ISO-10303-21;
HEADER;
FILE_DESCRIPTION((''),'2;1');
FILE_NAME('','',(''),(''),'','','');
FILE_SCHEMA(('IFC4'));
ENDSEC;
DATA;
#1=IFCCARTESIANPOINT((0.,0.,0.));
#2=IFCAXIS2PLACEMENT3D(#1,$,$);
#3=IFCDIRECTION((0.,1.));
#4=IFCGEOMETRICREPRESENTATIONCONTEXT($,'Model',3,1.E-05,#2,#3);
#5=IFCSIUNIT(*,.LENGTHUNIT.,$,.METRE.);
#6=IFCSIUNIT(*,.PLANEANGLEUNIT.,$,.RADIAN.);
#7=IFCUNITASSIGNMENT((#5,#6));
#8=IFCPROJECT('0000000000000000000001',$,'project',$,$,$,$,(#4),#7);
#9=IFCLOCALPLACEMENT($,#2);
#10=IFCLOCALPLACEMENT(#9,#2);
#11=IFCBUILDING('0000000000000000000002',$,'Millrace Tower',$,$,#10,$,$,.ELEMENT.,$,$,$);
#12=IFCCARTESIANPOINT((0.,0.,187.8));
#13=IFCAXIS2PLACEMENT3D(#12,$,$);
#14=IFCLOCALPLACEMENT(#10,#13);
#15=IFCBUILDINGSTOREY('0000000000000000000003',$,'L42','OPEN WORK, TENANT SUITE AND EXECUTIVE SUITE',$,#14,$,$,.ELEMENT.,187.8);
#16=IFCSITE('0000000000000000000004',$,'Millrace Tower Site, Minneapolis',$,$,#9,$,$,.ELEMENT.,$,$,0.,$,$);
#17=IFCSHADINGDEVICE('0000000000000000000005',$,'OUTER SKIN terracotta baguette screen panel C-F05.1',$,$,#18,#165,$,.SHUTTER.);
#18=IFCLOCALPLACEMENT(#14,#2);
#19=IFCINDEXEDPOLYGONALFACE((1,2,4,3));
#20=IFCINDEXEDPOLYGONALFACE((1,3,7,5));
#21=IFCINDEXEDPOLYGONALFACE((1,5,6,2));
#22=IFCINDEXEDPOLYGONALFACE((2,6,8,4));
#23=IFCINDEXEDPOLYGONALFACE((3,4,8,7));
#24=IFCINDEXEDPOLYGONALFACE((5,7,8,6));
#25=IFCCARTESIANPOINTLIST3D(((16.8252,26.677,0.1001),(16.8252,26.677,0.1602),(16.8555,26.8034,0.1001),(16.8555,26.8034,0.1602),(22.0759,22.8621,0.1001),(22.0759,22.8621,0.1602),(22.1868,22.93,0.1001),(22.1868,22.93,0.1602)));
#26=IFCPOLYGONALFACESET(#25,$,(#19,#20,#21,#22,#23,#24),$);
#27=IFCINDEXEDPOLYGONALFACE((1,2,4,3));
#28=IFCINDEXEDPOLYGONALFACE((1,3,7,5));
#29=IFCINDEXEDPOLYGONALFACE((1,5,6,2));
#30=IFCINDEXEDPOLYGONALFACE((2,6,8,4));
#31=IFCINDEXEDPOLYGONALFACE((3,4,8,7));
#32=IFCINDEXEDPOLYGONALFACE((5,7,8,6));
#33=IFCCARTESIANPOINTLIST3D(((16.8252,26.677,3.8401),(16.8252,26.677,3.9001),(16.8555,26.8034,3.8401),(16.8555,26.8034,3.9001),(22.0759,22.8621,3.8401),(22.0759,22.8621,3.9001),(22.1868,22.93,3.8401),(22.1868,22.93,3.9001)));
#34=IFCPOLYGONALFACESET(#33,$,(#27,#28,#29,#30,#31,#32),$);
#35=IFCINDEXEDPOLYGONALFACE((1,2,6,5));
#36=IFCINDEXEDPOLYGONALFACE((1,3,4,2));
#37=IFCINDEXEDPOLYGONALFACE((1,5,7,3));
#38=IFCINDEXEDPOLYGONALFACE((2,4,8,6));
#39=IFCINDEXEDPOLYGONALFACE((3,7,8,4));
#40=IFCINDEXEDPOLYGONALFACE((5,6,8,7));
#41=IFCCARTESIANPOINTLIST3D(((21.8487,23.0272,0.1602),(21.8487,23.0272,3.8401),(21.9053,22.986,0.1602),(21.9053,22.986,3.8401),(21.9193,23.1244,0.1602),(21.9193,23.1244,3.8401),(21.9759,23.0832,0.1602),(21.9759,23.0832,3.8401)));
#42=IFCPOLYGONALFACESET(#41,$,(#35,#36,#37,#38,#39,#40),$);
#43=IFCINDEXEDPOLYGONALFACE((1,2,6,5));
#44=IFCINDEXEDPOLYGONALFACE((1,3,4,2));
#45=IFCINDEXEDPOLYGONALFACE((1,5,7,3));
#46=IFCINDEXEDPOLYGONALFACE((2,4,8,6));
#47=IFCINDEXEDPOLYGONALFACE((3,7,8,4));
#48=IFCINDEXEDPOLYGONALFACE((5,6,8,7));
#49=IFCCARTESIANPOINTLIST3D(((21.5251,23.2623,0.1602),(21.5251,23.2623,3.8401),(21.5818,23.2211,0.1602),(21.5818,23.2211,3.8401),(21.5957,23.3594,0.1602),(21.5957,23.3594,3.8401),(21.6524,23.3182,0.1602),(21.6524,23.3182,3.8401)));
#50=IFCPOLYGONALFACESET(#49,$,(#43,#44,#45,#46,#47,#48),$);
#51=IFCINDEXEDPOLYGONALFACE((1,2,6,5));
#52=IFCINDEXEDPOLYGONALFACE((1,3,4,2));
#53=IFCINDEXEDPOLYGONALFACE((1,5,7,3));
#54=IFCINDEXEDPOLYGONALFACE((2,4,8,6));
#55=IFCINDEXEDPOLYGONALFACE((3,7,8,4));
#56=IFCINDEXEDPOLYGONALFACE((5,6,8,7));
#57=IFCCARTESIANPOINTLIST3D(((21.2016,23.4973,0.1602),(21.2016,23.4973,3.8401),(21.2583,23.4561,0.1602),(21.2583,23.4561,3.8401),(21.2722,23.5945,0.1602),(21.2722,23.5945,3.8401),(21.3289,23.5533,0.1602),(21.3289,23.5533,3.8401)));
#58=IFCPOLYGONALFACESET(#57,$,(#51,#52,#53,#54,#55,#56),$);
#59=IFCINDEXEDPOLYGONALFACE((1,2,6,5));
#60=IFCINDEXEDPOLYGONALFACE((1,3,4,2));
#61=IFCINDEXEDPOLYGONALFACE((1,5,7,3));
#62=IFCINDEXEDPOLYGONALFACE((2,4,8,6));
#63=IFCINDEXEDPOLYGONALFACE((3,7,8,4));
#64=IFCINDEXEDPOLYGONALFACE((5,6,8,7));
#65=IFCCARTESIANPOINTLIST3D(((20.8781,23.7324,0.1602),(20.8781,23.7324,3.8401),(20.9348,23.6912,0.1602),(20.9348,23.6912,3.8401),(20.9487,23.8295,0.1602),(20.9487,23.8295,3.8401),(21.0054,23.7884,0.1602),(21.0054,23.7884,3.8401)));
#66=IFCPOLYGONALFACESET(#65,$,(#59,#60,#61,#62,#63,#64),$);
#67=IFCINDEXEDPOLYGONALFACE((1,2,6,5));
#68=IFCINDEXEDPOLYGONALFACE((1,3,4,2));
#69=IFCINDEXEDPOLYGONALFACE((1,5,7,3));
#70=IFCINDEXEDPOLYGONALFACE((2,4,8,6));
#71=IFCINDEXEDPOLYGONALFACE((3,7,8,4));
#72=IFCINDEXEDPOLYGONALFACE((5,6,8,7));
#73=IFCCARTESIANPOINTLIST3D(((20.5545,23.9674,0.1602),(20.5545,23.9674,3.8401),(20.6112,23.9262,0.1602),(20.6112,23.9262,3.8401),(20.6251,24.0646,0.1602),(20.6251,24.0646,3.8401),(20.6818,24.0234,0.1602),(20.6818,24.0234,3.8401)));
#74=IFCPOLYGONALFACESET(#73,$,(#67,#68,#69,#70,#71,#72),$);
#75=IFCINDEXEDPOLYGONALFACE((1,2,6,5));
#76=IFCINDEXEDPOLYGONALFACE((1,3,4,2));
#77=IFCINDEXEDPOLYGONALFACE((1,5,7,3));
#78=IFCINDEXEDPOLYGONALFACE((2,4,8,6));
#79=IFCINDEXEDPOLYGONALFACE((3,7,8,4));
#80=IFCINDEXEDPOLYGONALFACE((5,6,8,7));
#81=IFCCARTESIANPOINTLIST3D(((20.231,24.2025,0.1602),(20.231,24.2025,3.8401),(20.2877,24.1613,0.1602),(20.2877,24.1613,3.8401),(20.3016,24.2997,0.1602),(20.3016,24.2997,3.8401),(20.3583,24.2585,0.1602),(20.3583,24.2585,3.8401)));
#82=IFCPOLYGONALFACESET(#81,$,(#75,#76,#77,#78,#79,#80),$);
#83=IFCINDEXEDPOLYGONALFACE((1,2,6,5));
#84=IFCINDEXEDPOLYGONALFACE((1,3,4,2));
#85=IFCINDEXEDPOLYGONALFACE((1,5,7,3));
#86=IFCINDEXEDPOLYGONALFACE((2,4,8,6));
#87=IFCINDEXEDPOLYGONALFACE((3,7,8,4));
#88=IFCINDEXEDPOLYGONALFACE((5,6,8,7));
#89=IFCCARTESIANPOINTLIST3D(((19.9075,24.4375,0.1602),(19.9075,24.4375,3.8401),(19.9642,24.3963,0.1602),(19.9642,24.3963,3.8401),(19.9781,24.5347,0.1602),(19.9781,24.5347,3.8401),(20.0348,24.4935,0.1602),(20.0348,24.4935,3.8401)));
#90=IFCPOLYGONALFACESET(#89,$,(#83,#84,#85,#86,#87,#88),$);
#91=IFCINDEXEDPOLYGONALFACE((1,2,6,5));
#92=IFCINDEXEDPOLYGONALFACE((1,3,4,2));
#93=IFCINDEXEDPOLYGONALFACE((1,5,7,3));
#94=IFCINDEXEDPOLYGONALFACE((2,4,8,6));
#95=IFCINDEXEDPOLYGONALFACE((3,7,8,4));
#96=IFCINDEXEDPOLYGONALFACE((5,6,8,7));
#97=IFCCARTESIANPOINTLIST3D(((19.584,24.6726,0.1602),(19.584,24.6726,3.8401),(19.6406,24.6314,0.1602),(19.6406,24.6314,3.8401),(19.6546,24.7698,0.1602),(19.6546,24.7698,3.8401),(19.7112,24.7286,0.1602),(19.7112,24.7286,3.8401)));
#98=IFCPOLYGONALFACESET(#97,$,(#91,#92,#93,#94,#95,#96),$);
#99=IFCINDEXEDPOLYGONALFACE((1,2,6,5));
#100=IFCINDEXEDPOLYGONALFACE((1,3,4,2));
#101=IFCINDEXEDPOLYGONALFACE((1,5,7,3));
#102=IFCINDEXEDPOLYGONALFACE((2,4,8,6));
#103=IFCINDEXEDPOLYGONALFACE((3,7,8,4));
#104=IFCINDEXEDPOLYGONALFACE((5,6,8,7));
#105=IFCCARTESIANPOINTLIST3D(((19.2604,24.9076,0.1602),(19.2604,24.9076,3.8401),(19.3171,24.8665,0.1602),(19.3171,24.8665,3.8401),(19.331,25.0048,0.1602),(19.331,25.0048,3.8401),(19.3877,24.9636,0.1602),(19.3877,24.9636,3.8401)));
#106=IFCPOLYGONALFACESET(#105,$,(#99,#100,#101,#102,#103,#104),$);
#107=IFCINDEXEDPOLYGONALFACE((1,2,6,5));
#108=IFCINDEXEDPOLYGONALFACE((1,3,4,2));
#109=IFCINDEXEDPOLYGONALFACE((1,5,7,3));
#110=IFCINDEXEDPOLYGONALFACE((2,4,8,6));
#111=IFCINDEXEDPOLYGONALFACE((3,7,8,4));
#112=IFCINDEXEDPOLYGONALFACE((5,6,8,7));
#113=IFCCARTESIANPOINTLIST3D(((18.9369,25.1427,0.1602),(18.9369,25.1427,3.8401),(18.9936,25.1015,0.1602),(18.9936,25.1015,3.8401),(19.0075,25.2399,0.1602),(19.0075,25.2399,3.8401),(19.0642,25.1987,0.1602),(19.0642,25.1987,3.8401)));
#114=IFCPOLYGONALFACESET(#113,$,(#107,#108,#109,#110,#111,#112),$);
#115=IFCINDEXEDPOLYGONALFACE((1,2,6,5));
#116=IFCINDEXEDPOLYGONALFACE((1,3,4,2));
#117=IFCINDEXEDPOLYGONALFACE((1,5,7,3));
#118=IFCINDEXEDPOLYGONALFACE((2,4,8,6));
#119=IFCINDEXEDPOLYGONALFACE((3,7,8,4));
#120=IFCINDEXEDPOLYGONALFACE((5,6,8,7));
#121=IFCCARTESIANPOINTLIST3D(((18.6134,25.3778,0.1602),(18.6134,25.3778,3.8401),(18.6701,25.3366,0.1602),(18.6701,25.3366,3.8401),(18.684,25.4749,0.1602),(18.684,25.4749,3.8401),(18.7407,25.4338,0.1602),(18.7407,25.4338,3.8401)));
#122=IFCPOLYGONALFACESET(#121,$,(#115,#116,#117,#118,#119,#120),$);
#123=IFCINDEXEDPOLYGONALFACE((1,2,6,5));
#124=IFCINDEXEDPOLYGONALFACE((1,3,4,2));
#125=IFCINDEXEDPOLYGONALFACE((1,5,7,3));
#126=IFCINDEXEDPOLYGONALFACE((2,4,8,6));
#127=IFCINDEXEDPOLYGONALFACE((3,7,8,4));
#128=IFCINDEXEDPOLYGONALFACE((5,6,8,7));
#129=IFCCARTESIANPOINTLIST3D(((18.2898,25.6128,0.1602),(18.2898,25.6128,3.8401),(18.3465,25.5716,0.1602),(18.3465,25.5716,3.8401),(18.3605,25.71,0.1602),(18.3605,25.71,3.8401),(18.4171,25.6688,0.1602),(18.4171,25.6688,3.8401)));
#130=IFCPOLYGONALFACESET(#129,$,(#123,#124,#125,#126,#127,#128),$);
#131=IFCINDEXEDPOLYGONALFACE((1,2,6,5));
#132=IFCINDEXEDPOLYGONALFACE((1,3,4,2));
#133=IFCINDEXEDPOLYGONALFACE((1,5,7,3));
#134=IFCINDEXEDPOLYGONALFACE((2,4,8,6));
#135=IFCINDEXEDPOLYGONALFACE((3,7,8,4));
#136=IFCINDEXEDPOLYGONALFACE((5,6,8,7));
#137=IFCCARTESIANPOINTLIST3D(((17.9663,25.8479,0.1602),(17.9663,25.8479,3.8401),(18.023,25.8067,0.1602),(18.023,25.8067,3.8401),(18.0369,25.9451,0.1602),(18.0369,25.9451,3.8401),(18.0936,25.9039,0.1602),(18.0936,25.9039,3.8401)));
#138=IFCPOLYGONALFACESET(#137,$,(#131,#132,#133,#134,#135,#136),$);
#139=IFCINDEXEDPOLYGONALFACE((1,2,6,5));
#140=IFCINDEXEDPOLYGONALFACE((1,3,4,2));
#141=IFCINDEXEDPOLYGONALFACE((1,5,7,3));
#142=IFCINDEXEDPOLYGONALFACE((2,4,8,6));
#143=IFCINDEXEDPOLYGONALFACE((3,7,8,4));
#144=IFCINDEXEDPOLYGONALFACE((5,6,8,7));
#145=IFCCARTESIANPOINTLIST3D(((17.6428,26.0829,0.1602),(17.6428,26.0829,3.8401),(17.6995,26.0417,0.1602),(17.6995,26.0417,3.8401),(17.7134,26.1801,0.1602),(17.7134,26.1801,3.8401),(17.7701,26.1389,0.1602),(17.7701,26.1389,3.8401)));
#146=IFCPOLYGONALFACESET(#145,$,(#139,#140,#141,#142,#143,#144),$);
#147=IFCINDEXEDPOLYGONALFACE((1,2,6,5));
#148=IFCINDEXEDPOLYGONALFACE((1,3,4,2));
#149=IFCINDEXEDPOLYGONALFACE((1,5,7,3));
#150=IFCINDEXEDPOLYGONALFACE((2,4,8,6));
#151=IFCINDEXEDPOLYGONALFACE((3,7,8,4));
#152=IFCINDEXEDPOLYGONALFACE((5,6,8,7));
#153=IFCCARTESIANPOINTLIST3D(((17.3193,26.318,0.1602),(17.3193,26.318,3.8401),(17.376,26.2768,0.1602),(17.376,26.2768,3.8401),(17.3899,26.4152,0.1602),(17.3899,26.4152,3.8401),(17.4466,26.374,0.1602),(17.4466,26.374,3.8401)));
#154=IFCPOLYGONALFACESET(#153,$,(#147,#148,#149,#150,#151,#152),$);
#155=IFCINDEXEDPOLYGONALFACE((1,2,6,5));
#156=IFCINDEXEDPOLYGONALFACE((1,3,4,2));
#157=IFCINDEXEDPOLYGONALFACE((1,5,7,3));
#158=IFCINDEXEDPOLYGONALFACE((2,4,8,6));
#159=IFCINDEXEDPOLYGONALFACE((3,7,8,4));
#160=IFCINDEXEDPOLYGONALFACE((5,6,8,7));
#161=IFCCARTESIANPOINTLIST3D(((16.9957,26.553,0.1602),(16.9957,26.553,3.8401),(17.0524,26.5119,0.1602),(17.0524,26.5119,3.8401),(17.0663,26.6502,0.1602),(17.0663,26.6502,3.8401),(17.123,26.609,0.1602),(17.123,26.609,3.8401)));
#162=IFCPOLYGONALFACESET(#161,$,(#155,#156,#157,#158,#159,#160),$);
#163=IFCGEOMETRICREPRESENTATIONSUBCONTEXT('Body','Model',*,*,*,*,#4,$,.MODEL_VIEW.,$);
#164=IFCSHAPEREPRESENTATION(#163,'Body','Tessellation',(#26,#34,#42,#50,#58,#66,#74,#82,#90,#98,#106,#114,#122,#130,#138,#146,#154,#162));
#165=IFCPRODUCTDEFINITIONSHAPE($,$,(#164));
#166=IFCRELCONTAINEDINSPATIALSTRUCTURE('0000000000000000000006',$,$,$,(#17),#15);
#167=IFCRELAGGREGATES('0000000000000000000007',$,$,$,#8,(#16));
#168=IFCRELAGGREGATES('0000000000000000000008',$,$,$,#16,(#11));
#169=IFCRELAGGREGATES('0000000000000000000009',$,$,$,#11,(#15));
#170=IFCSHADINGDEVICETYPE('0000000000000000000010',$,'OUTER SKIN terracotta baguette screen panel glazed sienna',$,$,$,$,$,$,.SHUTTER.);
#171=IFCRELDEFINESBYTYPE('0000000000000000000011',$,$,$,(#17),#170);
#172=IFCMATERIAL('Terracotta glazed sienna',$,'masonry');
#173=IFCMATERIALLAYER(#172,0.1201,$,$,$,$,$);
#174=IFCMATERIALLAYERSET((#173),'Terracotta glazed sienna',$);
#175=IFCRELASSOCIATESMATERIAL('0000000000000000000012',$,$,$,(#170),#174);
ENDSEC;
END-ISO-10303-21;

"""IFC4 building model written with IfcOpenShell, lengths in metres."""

from ifc_helpers import new_model, entity, si_unit, direction, frame, frame_2d, origin, place, context, subcontext, project, spatial, rectangle, extrude, source, transform, mapped, material, layer, layer_set, type_object, element, save


model = new_model("IFC4")

# Units and contexts
model_context = context("Model", 3, precision=1e-05, world=origin(), true_north=direction((0.0, 1.0)))
body_context = subcontext(model_context, "Body", "Model", "MODEL_VIEW")
ifc_project = project(units=[si_unit("LENGTHUNIT", "METRE"), si_unit("PLANEANGLEUNIT", "RADIAN")], contexts=[model_context])

# Site, building, storey
site_placement = place(None, origin())
site = spatial("IfcSite", under=ifc_project, at=site_placement, Name="Millrace Tower Site, Minneapolis", CompositionType="ELEMENT", RefElevation=0.0)
building_placement = place(site_placement, origin())
building = spatial("IfcBuilding", under=site, at=building_placement, Name="Millrace Tower", CompositionType="ELEMENT")
storey_placement = place(building_placement, frame((0.0, 0.0, 187.8)))
storey = spatial("IfcBuildingStorey", under=building, at=storey_placement, Name="L42", Description="OPEN WORK, TENANT SUITE AND EXECUTIVE SUITE", CompositionType="ELEMENT", Elevation=187.8)

# Shading device
ifc_material_1 = material(Name="Terracotta glazed sienna", Category="masonry")
ifc_layer_1 = layer(ifc_material_1, 0.1201)
ifc_layer_set_1 = layer_set([ifc_layer_1], Name="Terracotta glazed sienna")
shading_device_type = type_object("IfcShadingDeviceType", Name="OUTER SKIN terracotta baguette screen panel glazed sienna", PredefinedType="SHUTTER", material=ifc_layer_set_1)
cartesian_point_1 = entity("IfcCartesianPoint", [-3.2451, 0.0601])
shared_polyline_1 = entity("IfcPolyline", [cartesian_point_1, entity("IfcCartesianPoint", [3.2451, 0.0601]), entity("IfcCartesianPoint", [3.2949, -0.0601]), entity("IfcCartesianPoint", [-3.2949, -0.0601]), cartesian_point_1])
shared_shape_1 = source(origin(), body_context, "Body", "SweptSolid", [
    entity("IfcExtrudedAreaSolid", entity("IfcArbitraryClosedProfileDef", "AREA", None, shared_polyline_1), entity("IfcAxis2Placement3D", entity("IfcCartesianPoint", [0.0, 0.0, 0.0])), entity("IfcDirection", [0.0, 0.0, 1.0]), 0.0601),
    entity("IfcExtrudedAreaSolid", entity("IfcArbitraryClosedProfileDef", "AREA", None, shared_polyline_1), entity("IfcAxis2Placement3D", entity("IfcCartesianPoint", [0.0, 0.0, 3.74])), entity("IfcDirection", [0.0, 0.0, 1.0]), 0.0601),
    extrude(rectangle(XDim=0.0701, YDim=0.1201, at=frame_2d((-2.9993, 0.0))), frame((0.0, 0.0, 0.0601)), (0.0, 0.0, 1.0), 3.6799),
    extrude(rectangle(XDim=0.0701, YDim=0.1201, at=frame_2d((-2.5994, 0.0))), frame((0.0, 0.0, 0.0601)), (0.0, 0.0, 1.0), 3.6799),
    extrude(rectangle(XDim=0.0701, YDim=0.1201, at=frame_2d((-2.1995, 0.0))), frame((0.0, 0.0, 0.0601)), (0.0, 0.0, 1.0), 3.6799),
    extrude(rectangle(XDim=0.0701, YDim=0.1201, at=frame_2d((-1.7996, 0.0))), frame((0.0, 0.0, 0.0601)), (0.0, 0.0, 1.0), 3.6799),
    extrude(rectangle(XDim=0.0701, YDim=0.1201, at=frame_2d((-1.3997, 0.0))), frame((0.0, 0.0, 0.0601)), (0.0, 0.0, 1.0), 3.6799),
    extrude(rectangle(XDim=0.0701, YDim=0.1201, at=frame_2d((-0.9998, 0.0))), frame((0.0, 0.0, 0.0601)), (0.0, 0.0, 1.0), 3.6799),
    extrude(rectangle(XDim=0.0701, YDim=0.1201, at=frame_2d((-0.5999, 0.0))), frame((0.0, 0.0, 0.0601)), (0.0, 0.0, 1.0), 3.6799),
    extrude(rectangle(XDim=0.0701, YDim=0.1201, at=frame_2d((-0.2, 0.0))), frame((0.0, 0.0, 0.0601)), (0.0, 0.0, 1.0), 3.6799),
    extrude(rectangle(XDim=0.0701, YDim=0.1201, at=frame_2d((0.2, 0.0))), frame((0.0, 0.0, 0.0601)), (0.0, 0.0, 1.0), 3.6799),
    extrude(rectangle(XDim=0.0701, YDim=0.1201, at=frame_2d((0.5999, 0.0))), frame((0.0, 0.0, 0.0601)), (0.0, 0.0, 1.0), 3.6799),
    extrude(rectangle(XDim=0.0701, YDim=0.1201, at=frame_2d((0.9998, 0.0))), frame((0.0, 0.0, 0.0601)), (0.0, 0.0, 1.0), 3.6799),
    extrude(rectangle(XDim=0.0701, YDim=0.1201, at=frame_2d((1.3997, 0.0))), frame((0.0, 0.0, 0.0601)), (0.0, 0.0, 1.0), 3.6799),
    extrude(rectangle(XDim=0.0701, YDim=0.1201, at=frame_2d((1.7996, 0.0))), frame((0.0, 0.0, 0.0601)), (0.0, 0.0, 1.0), 3.6799),
    extrude(rectangle(XDim=0.0701, YDim=0.1201, at=frame_2d((2.1995, 0.0))), frame((0.0, 0.0, 0.0601)), (0.0, 0.0, 1.0), 3.6799),
    extrude(rectangle(XDim=0.0701, YDim=0.1201, at=frame_2d((2.5994, 0.0))), frame((0.0, 0.0, 0.0601)), (0.0, 0.0, 1.0), 3.6799),
    extrude(rectangle(XDim=0.0701, YDim=0.1201, at=frame_2d((2.9993, 0.0))), frame((0.0, 0.0, 0.0601)), (0.0, 0.0, 1.0), 3.6799),
])
shading_device_1_placement = place(storey_placement, frame((19.4858, 24.8181, 0.1001), z_axis=(0.0, 0.0, 1.0), x_axis=(-0.809017, 0.587785, 0.0)))
element("IfcShadingDevice", 1, at=shading_device_1_placement, inside=storey, type_object=shading_device_type, Name="OUTER SKIN terracotta baguette screen panel C-F05.1", PredefinedType="SHUTTER", context=body_context, shape_type="MappedRepresentation", body=[
    mapped(shared_shape_1, transform((0.0, 0.0, 0.0), scale=1.0)),
])

save(model, "model.ifc")
